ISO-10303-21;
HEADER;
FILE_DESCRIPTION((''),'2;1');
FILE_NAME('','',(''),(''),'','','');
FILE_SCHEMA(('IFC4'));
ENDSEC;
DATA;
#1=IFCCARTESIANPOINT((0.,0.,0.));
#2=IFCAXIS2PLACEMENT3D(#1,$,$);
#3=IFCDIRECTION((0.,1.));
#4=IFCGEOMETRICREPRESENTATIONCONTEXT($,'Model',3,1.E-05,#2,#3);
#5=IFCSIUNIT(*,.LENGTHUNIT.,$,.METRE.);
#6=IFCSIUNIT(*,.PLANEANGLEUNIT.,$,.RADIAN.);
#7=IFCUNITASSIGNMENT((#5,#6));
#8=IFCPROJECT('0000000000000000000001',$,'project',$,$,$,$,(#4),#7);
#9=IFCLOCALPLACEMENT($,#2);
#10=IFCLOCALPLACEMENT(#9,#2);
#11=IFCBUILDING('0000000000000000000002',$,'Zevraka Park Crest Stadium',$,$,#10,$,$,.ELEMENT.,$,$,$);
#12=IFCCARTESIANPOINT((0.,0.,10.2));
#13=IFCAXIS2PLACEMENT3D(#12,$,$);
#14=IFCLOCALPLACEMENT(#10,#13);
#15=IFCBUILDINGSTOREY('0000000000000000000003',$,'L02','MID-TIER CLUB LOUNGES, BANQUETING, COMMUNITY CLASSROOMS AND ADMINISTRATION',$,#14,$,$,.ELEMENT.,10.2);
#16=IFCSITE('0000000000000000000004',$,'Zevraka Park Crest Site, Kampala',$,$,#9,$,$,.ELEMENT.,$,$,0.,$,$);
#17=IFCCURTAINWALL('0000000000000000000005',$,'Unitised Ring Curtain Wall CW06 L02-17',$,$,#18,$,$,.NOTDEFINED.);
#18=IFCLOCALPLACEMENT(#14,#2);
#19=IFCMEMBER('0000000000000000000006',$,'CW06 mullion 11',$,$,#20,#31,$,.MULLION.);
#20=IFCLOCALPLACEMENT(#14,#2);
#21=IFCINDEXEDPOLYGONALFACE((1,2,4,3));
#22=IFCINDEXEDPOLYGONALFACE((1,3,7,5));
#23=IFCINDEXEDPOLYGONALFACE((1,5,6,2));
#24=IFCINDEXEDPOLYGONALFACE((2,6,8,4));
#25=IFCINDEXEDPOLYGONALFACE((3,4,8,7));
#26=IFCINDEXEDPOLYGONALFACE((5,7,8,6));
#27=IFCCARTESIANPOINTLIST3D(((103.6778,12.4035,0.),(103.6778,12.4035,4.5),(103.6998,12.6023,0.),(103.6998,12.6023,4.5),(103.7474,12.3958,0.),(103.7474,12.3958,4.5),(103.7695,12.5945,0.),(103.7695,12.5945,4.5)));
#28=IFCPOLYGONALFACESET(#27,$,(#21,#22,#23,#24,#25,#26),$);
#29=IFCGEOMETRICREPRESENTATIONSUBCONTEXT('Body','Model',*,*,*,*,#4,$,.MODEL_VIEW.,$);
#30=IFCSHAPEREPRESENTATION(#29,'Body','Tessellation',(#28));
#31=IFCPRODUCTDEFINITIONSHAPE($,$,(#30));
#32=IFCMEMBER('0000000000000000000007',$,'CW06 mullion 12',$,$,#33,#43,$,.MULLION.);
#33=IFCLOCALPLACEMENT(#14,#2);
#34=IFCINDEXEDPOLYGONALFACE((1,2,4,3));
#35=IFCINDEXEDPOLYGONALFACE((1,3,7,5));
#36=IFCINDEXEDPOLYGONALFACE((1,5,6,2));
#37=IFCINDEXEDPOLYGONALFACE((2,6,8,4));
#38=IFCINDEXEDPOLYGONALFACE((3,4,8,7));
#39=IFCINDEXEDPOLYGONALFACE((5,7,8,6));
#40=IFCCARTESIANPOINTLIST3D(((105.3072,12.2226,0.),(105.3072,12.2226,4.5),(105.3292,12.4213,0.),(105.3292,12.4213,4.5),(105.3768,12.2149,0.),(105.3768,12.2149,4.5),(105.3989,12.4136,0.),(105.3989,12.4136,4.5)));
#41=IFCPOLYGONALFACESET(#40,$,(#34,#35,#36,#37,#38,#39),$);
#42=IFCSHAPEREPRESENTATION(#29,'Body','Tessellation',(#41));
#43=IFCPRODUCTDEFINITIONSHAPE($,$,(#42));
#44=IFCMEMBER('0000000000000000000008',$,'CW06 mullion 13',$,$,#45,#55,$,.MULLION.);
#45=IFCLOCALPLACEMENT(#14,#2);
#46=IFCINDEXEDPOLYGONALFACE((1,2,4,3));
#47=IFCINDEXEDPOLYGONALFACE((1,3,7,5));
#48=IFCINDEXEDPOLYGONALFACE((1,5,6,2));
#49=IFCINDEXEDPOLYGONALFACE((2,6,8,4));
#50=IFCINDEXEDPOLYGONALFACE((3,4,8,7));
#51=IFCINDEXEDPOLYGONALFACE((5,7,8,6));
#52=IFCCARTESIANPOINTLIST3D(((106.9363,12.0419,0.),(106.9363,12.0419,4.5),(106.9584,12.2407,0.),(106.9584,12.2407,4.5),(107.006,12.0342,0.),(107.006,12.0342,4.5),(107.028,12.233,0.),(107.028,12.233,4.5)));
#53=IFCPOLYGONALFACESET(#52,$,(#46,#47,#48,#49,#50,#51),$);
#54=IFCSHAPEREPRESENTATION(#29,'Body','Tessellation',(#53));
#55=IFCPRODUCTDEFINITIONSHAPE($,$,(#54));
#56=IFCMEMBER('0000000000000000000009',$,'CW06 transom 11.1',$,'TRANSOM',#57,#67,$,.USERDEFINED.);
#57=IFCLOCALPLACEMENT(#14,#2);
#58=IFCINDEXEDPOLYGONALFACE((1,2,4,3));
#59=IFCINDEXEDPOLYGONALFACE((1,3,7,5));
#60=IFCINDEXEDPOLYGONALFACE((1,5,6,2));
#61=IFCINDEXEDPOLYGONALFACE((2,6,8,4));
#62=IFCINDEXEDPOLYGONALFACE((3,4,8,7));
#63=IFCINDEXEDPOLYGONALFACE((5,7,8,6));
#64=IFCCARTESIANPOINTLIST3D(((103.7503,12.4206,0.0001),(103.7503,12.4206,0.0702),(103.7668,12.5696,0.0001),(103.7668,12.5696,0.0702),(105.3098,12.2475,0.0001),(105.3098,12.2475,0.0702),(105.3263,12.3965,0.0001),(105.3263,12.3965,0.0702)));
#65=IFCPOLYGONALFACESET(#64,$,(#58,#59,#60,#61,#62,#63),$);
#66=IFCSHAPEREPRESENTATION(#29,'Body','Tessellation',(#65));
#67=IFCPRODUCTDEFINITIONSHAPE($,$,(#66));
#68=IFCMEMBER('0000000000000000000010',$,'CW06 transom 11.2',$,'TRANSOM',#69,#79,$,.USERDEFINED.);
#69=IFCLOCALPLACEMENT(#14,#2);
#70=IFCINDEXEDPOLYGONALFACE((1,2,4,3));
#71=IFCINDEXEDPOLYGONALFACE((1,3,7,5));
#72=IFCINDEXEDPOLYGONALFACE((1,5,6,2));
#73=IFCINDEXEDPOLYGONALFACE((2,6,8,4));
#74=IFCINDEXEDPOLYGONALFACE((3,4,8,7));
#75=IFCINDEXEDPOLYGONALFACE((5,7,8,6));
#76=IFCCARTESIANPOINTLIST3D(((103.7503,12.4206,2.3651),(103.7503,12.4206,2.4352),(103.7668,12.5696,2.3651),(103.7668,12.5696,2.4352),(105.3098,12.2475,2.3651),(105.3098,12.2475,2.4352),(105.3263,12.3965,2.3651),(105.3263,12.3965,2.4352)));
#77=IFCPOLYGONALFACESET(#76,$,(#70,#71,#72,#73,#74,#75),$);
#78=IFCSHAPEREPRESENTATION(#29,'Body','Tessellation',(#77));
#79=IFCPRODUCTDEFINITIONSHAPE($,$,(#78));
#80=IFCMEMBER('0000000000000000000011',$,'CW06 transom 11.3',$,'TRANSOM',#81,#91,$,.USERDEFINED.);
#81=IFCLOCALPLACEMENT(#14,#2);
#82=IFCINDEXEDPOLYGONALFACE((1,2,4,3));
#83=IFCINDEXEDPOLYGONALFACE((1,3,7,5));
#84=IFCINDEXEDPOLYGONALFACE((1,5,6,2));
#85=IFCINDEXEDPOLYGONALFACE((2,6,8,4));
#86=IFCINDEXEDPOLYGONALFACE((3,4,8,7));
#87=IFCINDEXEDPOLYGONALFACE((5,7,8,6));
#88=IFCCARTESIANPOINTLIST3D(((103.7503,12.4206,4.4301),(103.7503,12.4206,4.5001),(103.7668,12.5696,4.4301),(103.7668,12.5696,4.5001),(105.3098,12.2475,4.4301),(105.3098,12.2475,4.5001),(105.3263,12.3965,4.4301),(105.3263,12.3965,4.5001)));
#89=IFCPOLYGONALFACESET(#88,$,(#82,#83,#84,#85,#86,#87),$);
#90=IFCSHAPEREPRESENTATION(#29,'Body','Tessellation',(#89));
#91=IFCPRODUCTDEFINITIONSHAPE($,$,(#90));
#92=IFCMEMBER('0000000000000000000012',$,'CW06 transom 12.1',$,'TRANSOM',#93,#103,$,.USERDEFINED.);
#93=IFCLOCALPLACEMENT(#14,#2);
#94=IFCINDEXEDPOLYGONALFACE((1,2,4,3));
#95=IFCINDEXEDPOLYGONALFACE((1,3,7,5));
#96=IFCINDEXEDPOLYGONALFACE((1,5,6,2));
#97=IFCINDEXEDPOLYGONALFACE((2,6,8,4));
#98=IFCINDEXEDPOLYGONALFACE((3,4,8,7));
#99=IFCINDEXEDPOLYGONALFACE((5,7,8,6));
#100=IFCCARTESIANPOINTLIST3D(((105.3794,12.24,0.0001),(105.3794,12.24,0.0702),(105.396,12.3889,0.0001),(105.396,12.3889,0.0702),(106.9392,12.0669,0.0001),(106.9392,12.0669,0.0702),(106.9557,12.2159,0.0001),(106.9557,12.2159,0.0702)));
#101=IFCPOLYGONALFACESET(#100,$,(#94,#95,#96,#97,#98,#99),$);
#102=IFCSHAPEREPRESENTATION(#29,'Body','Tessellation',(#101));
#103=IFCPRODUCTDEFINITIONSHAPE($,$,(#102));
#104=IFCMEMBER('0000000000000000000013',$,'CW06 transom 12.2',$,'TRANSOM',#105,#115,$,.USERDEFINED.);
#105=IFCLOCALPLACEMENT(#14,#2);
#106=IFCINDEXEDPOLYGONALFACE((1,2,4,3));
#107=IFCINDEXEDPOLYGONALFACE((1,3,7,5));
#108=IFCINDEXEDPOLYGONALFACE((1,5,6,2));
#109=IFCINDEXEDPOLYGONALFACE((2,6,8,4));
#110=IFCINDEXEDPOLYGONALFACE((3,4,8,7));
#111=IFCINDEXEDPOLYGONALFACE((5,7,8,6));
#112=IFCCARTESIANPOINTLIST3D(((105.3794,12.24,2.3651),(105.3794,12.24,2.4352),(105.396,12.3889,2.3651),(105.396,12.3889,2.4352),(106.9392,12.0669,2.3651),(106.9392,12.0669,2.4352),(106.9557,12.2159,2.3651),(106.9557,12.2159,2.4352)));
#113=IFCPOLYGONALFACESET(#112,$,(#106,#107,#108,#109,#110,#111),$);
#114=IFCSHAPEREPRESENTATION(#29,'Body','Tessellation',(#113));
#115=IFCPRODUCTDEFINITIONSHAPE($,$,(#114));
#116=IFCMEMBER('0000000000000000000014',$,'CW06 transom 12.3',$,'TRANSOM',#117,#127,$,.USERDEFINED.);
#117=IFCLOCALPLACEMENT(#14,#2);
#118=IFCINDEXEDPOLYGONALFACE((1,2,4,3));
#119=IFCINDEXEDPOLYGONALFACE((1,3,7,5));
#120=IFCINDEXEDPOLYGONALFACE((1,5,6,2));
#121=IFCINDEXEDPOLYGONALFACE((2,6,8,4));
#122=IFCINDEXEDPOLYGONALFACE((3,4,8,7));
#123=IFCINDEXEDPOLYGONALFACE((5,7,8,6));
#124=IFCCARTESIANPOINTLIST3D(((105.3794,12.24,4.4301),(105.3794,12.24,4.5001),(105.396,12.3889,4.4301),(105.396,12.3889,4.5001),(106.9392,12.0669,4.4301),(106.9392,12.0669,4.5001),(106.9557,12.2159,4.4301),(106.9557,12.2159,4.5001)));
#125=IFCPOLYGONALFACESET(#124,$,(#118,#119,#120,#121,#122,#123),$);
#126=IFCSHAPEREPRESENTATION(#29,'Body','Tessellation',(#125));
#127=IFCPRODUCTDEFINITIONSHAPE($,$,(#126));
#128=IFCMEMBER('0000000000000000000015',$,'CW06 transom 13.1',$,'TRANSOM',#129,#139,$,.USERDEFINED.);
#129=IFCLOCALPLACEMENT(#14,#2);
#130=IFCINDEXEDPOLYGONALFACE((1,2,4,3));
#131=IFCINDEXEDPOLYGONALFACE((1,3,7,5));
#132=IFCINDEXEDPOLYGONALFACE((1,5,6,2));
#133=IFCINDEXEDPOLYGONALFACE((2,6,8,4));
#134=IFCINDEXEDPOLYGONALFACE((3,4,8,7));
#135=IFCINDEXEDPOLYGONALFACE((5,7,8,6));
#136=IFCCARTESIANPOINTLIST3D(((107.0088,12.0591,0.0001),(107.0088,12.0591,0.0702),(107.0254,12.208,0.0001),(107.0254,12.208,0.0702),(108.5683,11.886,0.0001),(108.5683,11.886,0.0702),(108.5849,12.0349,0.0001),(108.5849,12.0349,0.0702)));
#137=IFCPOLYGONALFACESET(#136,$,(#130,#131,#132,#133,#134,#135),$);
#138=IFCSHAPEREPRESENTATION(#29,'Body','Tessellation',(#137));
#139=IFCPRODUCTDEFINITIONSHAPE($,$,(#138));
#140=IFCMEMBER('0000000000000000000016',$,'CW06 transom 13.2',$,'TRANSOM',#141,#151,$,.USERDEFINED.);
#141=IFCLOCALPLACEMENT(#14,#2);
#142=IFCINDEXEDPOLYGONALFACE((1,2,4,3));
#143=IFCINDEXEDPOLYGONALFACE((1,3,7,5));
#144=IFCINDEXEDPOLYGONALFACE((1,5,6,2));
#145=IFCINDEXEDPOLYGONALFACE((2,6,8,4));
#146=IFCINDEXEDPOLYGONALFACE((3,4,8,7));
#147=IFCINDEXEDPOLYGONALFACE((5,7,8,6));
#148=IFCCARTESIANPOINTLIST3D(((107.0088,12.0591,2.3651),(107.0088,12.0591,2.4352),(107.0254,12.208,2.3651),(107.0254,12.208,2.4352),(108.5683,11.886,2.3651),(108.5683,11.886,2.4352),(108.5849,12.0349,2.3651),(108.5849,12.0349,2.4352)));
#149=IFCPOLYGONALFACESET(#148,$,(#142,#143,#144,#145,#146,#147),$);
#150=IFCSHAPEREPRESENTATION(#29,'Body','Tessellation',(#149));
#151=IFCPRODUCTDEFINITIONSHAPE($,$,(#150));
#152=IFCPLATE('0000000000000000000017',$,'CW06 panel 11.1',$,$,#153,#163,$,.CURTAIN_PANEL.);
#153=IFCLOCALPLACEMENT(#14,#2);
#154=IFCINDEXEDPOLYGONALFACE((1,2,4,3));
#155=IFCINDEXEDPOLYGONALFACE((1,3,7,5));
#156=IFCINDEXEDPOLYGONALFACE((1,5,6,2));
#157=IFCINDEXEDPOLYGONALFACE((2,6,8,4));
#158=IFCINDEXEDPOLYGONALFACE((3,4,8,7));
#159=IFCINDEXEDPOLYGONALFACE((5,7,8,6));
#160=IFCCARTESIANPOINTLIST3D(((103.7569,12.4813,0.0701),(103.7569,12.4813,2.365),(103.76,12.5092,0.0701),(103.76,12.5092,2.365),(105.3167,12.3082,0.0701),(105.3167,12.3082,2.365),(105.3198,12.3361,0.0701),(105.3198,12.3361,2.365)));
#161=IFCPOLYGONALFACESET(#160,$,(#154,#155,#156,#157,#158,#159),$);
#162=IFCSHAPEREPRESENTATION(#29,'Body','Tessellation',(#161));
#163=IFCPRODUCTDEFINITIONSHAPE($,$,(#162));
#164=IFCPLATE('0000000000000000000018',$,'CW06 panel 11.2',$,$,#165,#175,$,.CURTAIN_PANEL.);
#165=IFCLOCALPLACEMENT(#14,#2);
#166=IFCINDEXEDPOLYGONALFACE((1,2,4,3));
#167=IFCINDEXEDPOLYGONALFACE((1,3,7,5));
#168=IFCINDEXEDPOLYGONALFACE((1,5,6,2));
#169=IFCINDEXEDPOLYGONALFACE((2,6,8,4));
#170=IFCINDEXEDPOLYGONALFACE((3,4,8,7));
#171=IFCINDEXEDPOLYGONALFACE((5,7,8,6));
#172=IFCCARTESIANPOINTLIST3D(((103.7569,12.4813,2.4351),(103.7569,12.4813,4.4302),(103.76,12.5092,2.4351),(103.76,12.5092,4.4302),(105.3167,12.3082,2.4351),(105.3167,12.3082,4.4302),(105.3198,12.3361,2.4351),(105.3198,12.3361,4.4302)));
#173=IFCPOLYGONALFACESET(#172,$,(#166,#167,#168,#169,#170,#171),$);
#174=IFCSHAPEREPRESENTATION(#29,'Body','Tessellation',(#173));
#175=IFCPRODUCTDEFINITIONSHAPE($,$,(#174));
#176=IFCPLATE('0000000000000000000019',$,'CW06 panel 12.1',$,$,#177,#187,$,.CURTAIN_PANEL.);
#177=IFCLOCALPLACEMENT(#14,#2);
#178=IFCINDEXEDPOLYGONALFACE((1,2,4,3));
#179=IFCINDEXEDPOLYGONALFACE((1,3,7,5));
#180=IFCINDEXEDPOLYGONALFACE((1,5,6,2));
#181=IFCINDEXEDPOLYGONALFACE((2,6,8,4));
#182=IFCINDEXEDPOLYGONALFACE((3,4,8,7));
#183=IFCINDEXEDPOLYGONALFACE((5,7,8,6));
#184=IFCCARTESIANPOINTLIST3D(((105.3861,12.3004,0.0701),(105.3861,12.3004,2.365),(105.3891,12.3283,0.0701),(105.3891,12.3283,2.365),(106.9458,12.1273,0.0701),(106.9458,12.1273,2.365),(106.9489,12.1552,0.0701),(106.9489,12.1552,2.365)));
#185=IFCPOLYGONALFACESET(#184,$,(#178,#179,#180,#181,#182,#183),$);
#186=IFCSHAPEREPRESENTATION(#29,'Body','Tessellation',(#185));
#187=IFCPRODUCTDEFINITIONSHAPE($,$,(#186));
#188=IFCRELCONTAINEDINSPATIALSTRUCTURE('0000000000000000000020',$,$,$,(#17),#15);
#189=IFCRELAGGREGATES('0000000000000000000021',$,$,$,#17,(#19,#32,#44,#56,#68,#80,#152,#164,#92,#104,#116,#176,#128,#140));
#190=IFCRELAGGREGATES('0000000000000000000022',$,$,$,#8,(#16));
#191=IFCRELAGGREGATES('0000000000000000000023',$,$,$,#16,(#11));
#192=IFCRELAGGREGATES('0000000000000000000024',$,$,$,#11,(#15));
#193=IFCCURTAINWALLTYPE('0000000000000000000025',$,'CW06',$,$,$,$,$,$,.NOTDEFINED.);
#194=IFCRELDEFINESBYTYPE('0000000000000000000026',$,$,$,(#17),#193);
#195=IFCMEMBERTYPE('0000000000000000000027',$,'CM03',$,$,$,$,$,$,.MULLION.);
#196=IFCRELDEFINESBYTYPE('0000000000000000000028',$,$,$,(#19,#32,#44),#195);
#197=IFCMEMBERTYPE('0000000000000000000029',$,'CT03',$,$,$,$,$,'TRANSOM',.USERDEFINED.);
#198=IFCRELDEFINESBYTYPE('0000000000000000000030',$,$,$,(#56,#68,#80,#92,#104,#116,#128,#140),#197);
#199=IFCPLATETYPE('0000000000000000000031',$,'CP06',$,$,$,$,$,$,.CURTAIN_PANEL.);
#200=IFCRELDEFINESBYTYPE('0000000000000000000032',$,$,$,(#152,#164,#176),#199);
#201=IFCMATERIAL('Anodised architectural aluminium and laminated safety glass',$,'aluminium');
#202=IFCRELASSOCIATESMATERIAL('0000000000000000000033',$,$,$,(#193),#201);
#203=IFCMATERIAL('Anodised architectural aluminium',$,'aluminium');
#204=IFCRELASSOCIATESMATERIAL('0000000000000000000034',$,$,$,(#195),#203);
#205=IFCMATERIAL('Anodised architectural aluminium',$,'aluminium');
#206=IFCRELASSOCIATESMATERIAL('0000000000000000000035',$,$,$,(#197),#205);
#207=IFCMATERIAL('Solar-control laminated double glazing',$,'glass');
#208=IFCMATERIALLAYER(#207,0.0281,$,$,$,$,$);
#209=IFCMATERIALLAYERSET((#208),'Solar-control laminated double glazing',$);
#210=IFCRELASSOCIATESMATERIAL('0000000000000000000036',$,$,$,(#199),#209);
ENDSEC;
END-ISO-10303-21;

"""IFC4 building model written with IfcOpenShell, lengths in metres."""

from ifc_helpers import new_model, si_unit, direction, frame, origin, origin_2d, place, context, subcontext, project, spatial, rectangle, extrude, material, layer, layer_set, material_profile, profile_set, type_object, element, aggregate, save


model = new_model("IFC4")

# Units and contexts
model_context = context("Model", 3, precision=1e-05, world=origin(), true_north=direction((0.0, 1.0)))
body_context = subcontext(model_context, "Body", "Model", "MODEL_VIEW")
ifc_project = project(units=[si_unit("LENGTHUNIT", "METRE"), si_unit("PLANEANGLEUNIT", "RADIAN")], contexts=[model_context])

# Site, building, storey
site_placement = place(None, origin())
site = spatial("IfcSite", under=ifc_project, at=site_placement, Name="Zevraka Park Crest Site, Kampala", CompositionType="ELEMENT", RefElevation=0.0)
building_placement = place(site_placement, origin())
building = spatial("IfcBuilding", under=site, at=building_placement, Name="Zevraka Park Crest Stadium", CompositionType="ELEMENT")
storey_placement = place(building_placement, frame((0.0, 0.0, 10.2)))
storey = spatial("IfcBuildingStorey", under=building, at=storey_placement, Name="L02", Description="MID-TIER CLUB LOUNGES, BANQUETING, COMMUNITY CLASSROOMS AND ADMINISTRATION", CompositionType="ELEMENT", Elevation=10.2)

# Curtain wall, members, plates
ifc_material_1 = material(Name="Anodised architectural aluminium and laminated safety glass", Category="aluminium")
curtain_wall_type = type_object("IfcCurtainWallType", Name="CW06", PredefinedType="NOTDEFINED", material=ifc_material_1)
curtain_wall_placement = place(storey_placement, origin())
curtain_wall = element("IfcCurtainWall", 1, at=curtain_wall_placement, inside=storey, type_object=curtain_wall_type, Name="Unitised Ring Curtain Wall CW06 L02-17", PredefinedType="NOTDEFINED")
ifc_material_2 = material(Name="Anodised architectural aluminium", Category="aluminium")
ifc_material_profile_1 = material_profile(ifc_material_2, rectangle(XDim=0.2, YDim=0.0701, at=origin_2d()), Name="ALU MULLION 200x70")
ifc_profile_set_1 = profile_set([ifc_material_profile_1], Name="Anodised architectural aluminium")
member_type_1 = type_object("IfcMemberType", Name="CM03", PredefinedType="MULLION", material=ifc_profile_set_1)
member_1_placement = place(storey_placement, frame((103.7236, 12.499, 0.0), z_axis=(0.0, 0.0, 1.0), x_axis=(0.110293, 0.993899, 0.0)))
member_1 = element("IfcMember", 2, at=member_1_placement, type_object=member_type_1, Name="CW06 mullion 11", PredefinedType="MULLION", context=body_context, shape_type="SweptSolid", body=[
    extrude(rectangle(XDim=0.2, YDim=0.0701, at=origin_2d()), origin(), (0.0, 0.0, 1.0), 4.5),
])
member_2_placement = place(storey_placement, frame((105.353, 12.3181, 0.0), z_axis=(0.0, 0.0, 1.0), x_axis=(0.110293, 0.993899, 0.0)))
member_2 = element("IfcMember", 3, at=member_2_placement, type_object=member_type_1, Name="CW06 mullion 12", PredefinedType="MULLION", context=body_context, shape_type="SweptSolid", body=[
    extrude(rectangle(XDim=0.2, YDim=0.0701, at=origin_2d()), origin(), (0.0, 0.0, 1.0), 4.5),
])
member_3_placement = place(storey_placement, frame((106.9822, 12.1375, 0.0), z_axis=(0.0, 0.0, 1.0), x_axis=(0.110293, 0.993899, 0.0)))
member_3 = element("IfcMember", 4, at=member_3_placement, type_object=member_type_1, Name="CW06 mullion 13", PredefinedType="MULLION", context=body_context, shape_type="SweptSolid", body=[
    extrude(rectangle(XDim=0.2, YDim=0.0701, at=origin_2d()), origin(), (0.0, 0.0, 1.0), 4.5),
])
ifc_material_3 = material(Name="Anodised architectural aluminium", Category="aluminium")
ifc_material_profile_2 = material_profile(ifc_material_3, rectangle(XDim=0.1499, YDim=0.0701, at=origin_2d()), Name="ALU TRANSOM 150x70")
ifc_profile_set_2 = profile_set([ifc_material_profile_2], Name="Anodised architectural aluminium")
member_type_2 = type_object("IfcMemberType", Name="CT03", ElementType="TRANSOM", PredefinedType="USERDEFINED", material=ifc_profile_set_2)
member_4_placement = place(storey_placement, frame((103.7585, 12.4951, 0.0352), z_axis=(0.993897, -0.110312, 0.0), x_axis=(0.110312, 0.993897, 0.0)))
member_4 = element("IfcMember", 5, at=member_4_placement, type_object=member_type_2, Name="CW06 transom 11.1", ObjectType="TRANSOM", PredefinedType="USERDEFINED", context=body_context, shape_type="SweptSolid", body=[
    extrude(rectangle(XDim=0.1499, YDim=0.0701, at=origin_2d()), origin(), (0.0, 0.0, 1.0), 1.5691),
])
member_5_placement = place(storey_placement, frame((103.7585, 12.4951, 2.4001), z_axis=(0.993897, -0.110312, 0.0), x_axis=(0.110312, 0.993897, 0.0)))
member_5 = element("IfcMember", 6, at=member_5_placement, type_object=member_type_2, Name="CW06 transom 11.2", ObjectType="TRANSOM", PredefinedType="USERDEFINED", context=body_context, shape_type="SweptSolid", body=[
    extrude(rectangle(XDim=0.1499, YDim=0.0701, at=origin_2d()), origin(), (0.0, 0.0, 1.0), 1.5691),
])
member_6_placement = place(storey_placement, frame((103.7585, 12.4951, 4.4651), z_axis=(0.993897, -0.110312, 0.0), x_axis=(0.110312, 0.993897, 0.0)))
member_6 = element("IfcMember", 7, at=member_6_placement, type_object=member_type_2, Name="CW06 transom 11.3", ObjectType="TRANSOM", PredefinedType="USERDEFINED", context=body_context, shape_type="SweptSolid", body=[
    extrude(rectangle(XDim=0.1499, YDim=0.0701, at=origin_2d()), origin(), (0.0, 0.0, 1.0), 1.5691),
])
member_7_placement = place(storey_placement, frame((105.3877, 12.3145, 0.0352), z_axis=(0.993899, -0.110295, 0.0), x_axis=(0.110295, 0.993899, 0.0)))
member_7 = element("IfcMember", 8, at=member_7_placement, type_object=member_type_2, Name="CW06 transom 12.1", ObjectType="TRANSOM", PredefinedType="USERDEFINED", context=body_context, shape_type="SweptSolid", body=[
    extrude(rectangle(XDim=0.1499, YDim=0.0701, at=origin_2d()), origin(), (0.0, 0.0, 1.0), 1.5693),
])
member_8_placement = place(storey_placement, frame((105.3877, 12.3145, 2.4001), z_axis=(0.993899, -0.110295, 0.0), x_axis=(0.110295, 0.993899, 0.0)))
member_8 = element("IfcMember", 9, at=member_8_placement, type_object=member_type_2, Name="CW06 transom 12.2", ObjectType="TRANSOM", PredefinedType="USERDEFINED", context=body_context, shape_type="SweptSolid", body=[
    extrude(rectangle(XDim=0.1499, YDim=0.0701, at=origin_2d()), origin(), (0.0, 0.0, 1.0), 1.5693),
])
member_9_placement = place(storey_placement, frame((105.3877, 12.3145, 4.4651), z_axis=(0.993899, -0.110295, 0.0), x_axis=(0.110295, 0.993899, 0.0)))
member_9 = element("IfcMember", 10, at=member_9_placement, type_object=member_type_2, Name="CW06 transom 12.3", ObjectType="TRANSOM", PredefinedType="USERDEFINED", context=body_context, shape_type="SweptSolid", body=[
    extrude(rectangle(XDim=0.1499, YDim=0.0701, at=origin_2d()), origin(), (0.0, 0.0, 1.0), 1.5693),
])
member_10_placement = place(storey_placement, frame((107.0171, 12.1335, 0.0352), z_axis=(0.993897, -0.110312, 0.0), x_axis=(0.110312, 0.993897, 0.0)))
member_10 = element("IfcMember", 11, at=member_10_placement, type_object=member_type_2, Name="CW06 transom 13.1", ObjectType="TRANSOM", PredefinedType="USERDEFINED", context=body_context, shape_type="SweptSolid", body=[
    extrude(rectangle(XDim=0.1499, YDim=0.0701, at=origin_2d()), origin(), (0.0, 0.0, 1.0), 1.5691),
])
member_11_placement = place(storey_placement, frame((107.0171, 12.1335, 2.4001), z_axis=(0.993897, -0.110312, 0.0), x_axis=(0.110312, 0.993897, 0.0)))
member_11 = element("IfcMember", 12, at=member_11_placement, type_object=member_type_2, Name="CW06 transom 13.2", ObjectType="TRANSOM", PredefinedType="USERDEFINED", context=body_context, shape_type="SweptSolid", body=[
    extrude(rectangle(XDim=0.1499, YDim=0.0701, at=origin_2d()), origin(), (0.0, 0.0, 1.0), 1.5691),
])
ifc_material_4 = material(Name="Solar-control laminated double glazing", Category="glass")
ifc_layer_1 = layer(ifc_material_4, 0.0281)
ifc_layer_set_1 = layer_set([ifc_layer_1], Name="Solar-control laminated double glazing")
plate_type = type_object("IfcPlateType", Name="CP06", PredefinedType="CURTAIN_PANEL", material=ifc_layer_set_1)
plate_1_placement = place(storey_placement, frame((104.5383, 12.4087, 0.0701), z_axis=(0.0, 0.0, 1.0), x_axis=(0.993899, -0.110293, 0.0)))
plate_1 = element("IfcPlate", 13, at=plate_1_placement, type_object=plate_type, Name="CW06 panel 11.1", PredefinedType="CURTAIN_PANEL", context=body_context, shape_type="SweptSolid", body=[
    extrude(rectangle(XDim=1.5693, YDim=0.0281, at=origin_2d()), origin(), (0.0, 0.0, 1.0), 2.2949),
])
plate_2_placement = place(storey_placement, frame((104.5383, 12.4087, 2.4351), z_axis=(0.0, 0.0, 1.0), x_axis=(0.993899, -0.110293, 0.0)))
plate_2 = element("IfcPlate", 14, at=plate_2_placement, type_object=plate_type, Name="CW06 panel 11.2", PredefinedType="CURTAIN_PANEL", context=body_context, shape_type="SweptSolid", body=[
    extrude(rectangle(XDim=1.5693, YDim=0.0281, at=origin_2d()), origin(), (0.0, 0.0, 1.0), 1.9951),
])
plate_3_placement = place(storey_placement, frame((106.1675, 12.2278, 0.0701), z_axis=(0.0, 0.0, 1.0), x_axis=(0.993899, -0.110293, 0.0)))
plate_3 = element("IfcPlate", 15, at=plate_3_placement, type_object=plate_type, Name="CW06 panel 12.1", PredefinedType="CURTAIN_PANEL", context=body_context, shape_type="SweptSolid", body=[
    extrude(rectangle(XDim=1.5693, YDim=0.0281, at=origin_2d()), origin(), (0.0, 0.0, 1.0), 2.2949),
])
aggregate(curtain_wall, [member_1, member_2, member_3, member_4, member_5, member_6, plate_1, plate_2, member_7, member_8, member_9, plate_3, member_10, member_11])

save(model, "model.ifc")
